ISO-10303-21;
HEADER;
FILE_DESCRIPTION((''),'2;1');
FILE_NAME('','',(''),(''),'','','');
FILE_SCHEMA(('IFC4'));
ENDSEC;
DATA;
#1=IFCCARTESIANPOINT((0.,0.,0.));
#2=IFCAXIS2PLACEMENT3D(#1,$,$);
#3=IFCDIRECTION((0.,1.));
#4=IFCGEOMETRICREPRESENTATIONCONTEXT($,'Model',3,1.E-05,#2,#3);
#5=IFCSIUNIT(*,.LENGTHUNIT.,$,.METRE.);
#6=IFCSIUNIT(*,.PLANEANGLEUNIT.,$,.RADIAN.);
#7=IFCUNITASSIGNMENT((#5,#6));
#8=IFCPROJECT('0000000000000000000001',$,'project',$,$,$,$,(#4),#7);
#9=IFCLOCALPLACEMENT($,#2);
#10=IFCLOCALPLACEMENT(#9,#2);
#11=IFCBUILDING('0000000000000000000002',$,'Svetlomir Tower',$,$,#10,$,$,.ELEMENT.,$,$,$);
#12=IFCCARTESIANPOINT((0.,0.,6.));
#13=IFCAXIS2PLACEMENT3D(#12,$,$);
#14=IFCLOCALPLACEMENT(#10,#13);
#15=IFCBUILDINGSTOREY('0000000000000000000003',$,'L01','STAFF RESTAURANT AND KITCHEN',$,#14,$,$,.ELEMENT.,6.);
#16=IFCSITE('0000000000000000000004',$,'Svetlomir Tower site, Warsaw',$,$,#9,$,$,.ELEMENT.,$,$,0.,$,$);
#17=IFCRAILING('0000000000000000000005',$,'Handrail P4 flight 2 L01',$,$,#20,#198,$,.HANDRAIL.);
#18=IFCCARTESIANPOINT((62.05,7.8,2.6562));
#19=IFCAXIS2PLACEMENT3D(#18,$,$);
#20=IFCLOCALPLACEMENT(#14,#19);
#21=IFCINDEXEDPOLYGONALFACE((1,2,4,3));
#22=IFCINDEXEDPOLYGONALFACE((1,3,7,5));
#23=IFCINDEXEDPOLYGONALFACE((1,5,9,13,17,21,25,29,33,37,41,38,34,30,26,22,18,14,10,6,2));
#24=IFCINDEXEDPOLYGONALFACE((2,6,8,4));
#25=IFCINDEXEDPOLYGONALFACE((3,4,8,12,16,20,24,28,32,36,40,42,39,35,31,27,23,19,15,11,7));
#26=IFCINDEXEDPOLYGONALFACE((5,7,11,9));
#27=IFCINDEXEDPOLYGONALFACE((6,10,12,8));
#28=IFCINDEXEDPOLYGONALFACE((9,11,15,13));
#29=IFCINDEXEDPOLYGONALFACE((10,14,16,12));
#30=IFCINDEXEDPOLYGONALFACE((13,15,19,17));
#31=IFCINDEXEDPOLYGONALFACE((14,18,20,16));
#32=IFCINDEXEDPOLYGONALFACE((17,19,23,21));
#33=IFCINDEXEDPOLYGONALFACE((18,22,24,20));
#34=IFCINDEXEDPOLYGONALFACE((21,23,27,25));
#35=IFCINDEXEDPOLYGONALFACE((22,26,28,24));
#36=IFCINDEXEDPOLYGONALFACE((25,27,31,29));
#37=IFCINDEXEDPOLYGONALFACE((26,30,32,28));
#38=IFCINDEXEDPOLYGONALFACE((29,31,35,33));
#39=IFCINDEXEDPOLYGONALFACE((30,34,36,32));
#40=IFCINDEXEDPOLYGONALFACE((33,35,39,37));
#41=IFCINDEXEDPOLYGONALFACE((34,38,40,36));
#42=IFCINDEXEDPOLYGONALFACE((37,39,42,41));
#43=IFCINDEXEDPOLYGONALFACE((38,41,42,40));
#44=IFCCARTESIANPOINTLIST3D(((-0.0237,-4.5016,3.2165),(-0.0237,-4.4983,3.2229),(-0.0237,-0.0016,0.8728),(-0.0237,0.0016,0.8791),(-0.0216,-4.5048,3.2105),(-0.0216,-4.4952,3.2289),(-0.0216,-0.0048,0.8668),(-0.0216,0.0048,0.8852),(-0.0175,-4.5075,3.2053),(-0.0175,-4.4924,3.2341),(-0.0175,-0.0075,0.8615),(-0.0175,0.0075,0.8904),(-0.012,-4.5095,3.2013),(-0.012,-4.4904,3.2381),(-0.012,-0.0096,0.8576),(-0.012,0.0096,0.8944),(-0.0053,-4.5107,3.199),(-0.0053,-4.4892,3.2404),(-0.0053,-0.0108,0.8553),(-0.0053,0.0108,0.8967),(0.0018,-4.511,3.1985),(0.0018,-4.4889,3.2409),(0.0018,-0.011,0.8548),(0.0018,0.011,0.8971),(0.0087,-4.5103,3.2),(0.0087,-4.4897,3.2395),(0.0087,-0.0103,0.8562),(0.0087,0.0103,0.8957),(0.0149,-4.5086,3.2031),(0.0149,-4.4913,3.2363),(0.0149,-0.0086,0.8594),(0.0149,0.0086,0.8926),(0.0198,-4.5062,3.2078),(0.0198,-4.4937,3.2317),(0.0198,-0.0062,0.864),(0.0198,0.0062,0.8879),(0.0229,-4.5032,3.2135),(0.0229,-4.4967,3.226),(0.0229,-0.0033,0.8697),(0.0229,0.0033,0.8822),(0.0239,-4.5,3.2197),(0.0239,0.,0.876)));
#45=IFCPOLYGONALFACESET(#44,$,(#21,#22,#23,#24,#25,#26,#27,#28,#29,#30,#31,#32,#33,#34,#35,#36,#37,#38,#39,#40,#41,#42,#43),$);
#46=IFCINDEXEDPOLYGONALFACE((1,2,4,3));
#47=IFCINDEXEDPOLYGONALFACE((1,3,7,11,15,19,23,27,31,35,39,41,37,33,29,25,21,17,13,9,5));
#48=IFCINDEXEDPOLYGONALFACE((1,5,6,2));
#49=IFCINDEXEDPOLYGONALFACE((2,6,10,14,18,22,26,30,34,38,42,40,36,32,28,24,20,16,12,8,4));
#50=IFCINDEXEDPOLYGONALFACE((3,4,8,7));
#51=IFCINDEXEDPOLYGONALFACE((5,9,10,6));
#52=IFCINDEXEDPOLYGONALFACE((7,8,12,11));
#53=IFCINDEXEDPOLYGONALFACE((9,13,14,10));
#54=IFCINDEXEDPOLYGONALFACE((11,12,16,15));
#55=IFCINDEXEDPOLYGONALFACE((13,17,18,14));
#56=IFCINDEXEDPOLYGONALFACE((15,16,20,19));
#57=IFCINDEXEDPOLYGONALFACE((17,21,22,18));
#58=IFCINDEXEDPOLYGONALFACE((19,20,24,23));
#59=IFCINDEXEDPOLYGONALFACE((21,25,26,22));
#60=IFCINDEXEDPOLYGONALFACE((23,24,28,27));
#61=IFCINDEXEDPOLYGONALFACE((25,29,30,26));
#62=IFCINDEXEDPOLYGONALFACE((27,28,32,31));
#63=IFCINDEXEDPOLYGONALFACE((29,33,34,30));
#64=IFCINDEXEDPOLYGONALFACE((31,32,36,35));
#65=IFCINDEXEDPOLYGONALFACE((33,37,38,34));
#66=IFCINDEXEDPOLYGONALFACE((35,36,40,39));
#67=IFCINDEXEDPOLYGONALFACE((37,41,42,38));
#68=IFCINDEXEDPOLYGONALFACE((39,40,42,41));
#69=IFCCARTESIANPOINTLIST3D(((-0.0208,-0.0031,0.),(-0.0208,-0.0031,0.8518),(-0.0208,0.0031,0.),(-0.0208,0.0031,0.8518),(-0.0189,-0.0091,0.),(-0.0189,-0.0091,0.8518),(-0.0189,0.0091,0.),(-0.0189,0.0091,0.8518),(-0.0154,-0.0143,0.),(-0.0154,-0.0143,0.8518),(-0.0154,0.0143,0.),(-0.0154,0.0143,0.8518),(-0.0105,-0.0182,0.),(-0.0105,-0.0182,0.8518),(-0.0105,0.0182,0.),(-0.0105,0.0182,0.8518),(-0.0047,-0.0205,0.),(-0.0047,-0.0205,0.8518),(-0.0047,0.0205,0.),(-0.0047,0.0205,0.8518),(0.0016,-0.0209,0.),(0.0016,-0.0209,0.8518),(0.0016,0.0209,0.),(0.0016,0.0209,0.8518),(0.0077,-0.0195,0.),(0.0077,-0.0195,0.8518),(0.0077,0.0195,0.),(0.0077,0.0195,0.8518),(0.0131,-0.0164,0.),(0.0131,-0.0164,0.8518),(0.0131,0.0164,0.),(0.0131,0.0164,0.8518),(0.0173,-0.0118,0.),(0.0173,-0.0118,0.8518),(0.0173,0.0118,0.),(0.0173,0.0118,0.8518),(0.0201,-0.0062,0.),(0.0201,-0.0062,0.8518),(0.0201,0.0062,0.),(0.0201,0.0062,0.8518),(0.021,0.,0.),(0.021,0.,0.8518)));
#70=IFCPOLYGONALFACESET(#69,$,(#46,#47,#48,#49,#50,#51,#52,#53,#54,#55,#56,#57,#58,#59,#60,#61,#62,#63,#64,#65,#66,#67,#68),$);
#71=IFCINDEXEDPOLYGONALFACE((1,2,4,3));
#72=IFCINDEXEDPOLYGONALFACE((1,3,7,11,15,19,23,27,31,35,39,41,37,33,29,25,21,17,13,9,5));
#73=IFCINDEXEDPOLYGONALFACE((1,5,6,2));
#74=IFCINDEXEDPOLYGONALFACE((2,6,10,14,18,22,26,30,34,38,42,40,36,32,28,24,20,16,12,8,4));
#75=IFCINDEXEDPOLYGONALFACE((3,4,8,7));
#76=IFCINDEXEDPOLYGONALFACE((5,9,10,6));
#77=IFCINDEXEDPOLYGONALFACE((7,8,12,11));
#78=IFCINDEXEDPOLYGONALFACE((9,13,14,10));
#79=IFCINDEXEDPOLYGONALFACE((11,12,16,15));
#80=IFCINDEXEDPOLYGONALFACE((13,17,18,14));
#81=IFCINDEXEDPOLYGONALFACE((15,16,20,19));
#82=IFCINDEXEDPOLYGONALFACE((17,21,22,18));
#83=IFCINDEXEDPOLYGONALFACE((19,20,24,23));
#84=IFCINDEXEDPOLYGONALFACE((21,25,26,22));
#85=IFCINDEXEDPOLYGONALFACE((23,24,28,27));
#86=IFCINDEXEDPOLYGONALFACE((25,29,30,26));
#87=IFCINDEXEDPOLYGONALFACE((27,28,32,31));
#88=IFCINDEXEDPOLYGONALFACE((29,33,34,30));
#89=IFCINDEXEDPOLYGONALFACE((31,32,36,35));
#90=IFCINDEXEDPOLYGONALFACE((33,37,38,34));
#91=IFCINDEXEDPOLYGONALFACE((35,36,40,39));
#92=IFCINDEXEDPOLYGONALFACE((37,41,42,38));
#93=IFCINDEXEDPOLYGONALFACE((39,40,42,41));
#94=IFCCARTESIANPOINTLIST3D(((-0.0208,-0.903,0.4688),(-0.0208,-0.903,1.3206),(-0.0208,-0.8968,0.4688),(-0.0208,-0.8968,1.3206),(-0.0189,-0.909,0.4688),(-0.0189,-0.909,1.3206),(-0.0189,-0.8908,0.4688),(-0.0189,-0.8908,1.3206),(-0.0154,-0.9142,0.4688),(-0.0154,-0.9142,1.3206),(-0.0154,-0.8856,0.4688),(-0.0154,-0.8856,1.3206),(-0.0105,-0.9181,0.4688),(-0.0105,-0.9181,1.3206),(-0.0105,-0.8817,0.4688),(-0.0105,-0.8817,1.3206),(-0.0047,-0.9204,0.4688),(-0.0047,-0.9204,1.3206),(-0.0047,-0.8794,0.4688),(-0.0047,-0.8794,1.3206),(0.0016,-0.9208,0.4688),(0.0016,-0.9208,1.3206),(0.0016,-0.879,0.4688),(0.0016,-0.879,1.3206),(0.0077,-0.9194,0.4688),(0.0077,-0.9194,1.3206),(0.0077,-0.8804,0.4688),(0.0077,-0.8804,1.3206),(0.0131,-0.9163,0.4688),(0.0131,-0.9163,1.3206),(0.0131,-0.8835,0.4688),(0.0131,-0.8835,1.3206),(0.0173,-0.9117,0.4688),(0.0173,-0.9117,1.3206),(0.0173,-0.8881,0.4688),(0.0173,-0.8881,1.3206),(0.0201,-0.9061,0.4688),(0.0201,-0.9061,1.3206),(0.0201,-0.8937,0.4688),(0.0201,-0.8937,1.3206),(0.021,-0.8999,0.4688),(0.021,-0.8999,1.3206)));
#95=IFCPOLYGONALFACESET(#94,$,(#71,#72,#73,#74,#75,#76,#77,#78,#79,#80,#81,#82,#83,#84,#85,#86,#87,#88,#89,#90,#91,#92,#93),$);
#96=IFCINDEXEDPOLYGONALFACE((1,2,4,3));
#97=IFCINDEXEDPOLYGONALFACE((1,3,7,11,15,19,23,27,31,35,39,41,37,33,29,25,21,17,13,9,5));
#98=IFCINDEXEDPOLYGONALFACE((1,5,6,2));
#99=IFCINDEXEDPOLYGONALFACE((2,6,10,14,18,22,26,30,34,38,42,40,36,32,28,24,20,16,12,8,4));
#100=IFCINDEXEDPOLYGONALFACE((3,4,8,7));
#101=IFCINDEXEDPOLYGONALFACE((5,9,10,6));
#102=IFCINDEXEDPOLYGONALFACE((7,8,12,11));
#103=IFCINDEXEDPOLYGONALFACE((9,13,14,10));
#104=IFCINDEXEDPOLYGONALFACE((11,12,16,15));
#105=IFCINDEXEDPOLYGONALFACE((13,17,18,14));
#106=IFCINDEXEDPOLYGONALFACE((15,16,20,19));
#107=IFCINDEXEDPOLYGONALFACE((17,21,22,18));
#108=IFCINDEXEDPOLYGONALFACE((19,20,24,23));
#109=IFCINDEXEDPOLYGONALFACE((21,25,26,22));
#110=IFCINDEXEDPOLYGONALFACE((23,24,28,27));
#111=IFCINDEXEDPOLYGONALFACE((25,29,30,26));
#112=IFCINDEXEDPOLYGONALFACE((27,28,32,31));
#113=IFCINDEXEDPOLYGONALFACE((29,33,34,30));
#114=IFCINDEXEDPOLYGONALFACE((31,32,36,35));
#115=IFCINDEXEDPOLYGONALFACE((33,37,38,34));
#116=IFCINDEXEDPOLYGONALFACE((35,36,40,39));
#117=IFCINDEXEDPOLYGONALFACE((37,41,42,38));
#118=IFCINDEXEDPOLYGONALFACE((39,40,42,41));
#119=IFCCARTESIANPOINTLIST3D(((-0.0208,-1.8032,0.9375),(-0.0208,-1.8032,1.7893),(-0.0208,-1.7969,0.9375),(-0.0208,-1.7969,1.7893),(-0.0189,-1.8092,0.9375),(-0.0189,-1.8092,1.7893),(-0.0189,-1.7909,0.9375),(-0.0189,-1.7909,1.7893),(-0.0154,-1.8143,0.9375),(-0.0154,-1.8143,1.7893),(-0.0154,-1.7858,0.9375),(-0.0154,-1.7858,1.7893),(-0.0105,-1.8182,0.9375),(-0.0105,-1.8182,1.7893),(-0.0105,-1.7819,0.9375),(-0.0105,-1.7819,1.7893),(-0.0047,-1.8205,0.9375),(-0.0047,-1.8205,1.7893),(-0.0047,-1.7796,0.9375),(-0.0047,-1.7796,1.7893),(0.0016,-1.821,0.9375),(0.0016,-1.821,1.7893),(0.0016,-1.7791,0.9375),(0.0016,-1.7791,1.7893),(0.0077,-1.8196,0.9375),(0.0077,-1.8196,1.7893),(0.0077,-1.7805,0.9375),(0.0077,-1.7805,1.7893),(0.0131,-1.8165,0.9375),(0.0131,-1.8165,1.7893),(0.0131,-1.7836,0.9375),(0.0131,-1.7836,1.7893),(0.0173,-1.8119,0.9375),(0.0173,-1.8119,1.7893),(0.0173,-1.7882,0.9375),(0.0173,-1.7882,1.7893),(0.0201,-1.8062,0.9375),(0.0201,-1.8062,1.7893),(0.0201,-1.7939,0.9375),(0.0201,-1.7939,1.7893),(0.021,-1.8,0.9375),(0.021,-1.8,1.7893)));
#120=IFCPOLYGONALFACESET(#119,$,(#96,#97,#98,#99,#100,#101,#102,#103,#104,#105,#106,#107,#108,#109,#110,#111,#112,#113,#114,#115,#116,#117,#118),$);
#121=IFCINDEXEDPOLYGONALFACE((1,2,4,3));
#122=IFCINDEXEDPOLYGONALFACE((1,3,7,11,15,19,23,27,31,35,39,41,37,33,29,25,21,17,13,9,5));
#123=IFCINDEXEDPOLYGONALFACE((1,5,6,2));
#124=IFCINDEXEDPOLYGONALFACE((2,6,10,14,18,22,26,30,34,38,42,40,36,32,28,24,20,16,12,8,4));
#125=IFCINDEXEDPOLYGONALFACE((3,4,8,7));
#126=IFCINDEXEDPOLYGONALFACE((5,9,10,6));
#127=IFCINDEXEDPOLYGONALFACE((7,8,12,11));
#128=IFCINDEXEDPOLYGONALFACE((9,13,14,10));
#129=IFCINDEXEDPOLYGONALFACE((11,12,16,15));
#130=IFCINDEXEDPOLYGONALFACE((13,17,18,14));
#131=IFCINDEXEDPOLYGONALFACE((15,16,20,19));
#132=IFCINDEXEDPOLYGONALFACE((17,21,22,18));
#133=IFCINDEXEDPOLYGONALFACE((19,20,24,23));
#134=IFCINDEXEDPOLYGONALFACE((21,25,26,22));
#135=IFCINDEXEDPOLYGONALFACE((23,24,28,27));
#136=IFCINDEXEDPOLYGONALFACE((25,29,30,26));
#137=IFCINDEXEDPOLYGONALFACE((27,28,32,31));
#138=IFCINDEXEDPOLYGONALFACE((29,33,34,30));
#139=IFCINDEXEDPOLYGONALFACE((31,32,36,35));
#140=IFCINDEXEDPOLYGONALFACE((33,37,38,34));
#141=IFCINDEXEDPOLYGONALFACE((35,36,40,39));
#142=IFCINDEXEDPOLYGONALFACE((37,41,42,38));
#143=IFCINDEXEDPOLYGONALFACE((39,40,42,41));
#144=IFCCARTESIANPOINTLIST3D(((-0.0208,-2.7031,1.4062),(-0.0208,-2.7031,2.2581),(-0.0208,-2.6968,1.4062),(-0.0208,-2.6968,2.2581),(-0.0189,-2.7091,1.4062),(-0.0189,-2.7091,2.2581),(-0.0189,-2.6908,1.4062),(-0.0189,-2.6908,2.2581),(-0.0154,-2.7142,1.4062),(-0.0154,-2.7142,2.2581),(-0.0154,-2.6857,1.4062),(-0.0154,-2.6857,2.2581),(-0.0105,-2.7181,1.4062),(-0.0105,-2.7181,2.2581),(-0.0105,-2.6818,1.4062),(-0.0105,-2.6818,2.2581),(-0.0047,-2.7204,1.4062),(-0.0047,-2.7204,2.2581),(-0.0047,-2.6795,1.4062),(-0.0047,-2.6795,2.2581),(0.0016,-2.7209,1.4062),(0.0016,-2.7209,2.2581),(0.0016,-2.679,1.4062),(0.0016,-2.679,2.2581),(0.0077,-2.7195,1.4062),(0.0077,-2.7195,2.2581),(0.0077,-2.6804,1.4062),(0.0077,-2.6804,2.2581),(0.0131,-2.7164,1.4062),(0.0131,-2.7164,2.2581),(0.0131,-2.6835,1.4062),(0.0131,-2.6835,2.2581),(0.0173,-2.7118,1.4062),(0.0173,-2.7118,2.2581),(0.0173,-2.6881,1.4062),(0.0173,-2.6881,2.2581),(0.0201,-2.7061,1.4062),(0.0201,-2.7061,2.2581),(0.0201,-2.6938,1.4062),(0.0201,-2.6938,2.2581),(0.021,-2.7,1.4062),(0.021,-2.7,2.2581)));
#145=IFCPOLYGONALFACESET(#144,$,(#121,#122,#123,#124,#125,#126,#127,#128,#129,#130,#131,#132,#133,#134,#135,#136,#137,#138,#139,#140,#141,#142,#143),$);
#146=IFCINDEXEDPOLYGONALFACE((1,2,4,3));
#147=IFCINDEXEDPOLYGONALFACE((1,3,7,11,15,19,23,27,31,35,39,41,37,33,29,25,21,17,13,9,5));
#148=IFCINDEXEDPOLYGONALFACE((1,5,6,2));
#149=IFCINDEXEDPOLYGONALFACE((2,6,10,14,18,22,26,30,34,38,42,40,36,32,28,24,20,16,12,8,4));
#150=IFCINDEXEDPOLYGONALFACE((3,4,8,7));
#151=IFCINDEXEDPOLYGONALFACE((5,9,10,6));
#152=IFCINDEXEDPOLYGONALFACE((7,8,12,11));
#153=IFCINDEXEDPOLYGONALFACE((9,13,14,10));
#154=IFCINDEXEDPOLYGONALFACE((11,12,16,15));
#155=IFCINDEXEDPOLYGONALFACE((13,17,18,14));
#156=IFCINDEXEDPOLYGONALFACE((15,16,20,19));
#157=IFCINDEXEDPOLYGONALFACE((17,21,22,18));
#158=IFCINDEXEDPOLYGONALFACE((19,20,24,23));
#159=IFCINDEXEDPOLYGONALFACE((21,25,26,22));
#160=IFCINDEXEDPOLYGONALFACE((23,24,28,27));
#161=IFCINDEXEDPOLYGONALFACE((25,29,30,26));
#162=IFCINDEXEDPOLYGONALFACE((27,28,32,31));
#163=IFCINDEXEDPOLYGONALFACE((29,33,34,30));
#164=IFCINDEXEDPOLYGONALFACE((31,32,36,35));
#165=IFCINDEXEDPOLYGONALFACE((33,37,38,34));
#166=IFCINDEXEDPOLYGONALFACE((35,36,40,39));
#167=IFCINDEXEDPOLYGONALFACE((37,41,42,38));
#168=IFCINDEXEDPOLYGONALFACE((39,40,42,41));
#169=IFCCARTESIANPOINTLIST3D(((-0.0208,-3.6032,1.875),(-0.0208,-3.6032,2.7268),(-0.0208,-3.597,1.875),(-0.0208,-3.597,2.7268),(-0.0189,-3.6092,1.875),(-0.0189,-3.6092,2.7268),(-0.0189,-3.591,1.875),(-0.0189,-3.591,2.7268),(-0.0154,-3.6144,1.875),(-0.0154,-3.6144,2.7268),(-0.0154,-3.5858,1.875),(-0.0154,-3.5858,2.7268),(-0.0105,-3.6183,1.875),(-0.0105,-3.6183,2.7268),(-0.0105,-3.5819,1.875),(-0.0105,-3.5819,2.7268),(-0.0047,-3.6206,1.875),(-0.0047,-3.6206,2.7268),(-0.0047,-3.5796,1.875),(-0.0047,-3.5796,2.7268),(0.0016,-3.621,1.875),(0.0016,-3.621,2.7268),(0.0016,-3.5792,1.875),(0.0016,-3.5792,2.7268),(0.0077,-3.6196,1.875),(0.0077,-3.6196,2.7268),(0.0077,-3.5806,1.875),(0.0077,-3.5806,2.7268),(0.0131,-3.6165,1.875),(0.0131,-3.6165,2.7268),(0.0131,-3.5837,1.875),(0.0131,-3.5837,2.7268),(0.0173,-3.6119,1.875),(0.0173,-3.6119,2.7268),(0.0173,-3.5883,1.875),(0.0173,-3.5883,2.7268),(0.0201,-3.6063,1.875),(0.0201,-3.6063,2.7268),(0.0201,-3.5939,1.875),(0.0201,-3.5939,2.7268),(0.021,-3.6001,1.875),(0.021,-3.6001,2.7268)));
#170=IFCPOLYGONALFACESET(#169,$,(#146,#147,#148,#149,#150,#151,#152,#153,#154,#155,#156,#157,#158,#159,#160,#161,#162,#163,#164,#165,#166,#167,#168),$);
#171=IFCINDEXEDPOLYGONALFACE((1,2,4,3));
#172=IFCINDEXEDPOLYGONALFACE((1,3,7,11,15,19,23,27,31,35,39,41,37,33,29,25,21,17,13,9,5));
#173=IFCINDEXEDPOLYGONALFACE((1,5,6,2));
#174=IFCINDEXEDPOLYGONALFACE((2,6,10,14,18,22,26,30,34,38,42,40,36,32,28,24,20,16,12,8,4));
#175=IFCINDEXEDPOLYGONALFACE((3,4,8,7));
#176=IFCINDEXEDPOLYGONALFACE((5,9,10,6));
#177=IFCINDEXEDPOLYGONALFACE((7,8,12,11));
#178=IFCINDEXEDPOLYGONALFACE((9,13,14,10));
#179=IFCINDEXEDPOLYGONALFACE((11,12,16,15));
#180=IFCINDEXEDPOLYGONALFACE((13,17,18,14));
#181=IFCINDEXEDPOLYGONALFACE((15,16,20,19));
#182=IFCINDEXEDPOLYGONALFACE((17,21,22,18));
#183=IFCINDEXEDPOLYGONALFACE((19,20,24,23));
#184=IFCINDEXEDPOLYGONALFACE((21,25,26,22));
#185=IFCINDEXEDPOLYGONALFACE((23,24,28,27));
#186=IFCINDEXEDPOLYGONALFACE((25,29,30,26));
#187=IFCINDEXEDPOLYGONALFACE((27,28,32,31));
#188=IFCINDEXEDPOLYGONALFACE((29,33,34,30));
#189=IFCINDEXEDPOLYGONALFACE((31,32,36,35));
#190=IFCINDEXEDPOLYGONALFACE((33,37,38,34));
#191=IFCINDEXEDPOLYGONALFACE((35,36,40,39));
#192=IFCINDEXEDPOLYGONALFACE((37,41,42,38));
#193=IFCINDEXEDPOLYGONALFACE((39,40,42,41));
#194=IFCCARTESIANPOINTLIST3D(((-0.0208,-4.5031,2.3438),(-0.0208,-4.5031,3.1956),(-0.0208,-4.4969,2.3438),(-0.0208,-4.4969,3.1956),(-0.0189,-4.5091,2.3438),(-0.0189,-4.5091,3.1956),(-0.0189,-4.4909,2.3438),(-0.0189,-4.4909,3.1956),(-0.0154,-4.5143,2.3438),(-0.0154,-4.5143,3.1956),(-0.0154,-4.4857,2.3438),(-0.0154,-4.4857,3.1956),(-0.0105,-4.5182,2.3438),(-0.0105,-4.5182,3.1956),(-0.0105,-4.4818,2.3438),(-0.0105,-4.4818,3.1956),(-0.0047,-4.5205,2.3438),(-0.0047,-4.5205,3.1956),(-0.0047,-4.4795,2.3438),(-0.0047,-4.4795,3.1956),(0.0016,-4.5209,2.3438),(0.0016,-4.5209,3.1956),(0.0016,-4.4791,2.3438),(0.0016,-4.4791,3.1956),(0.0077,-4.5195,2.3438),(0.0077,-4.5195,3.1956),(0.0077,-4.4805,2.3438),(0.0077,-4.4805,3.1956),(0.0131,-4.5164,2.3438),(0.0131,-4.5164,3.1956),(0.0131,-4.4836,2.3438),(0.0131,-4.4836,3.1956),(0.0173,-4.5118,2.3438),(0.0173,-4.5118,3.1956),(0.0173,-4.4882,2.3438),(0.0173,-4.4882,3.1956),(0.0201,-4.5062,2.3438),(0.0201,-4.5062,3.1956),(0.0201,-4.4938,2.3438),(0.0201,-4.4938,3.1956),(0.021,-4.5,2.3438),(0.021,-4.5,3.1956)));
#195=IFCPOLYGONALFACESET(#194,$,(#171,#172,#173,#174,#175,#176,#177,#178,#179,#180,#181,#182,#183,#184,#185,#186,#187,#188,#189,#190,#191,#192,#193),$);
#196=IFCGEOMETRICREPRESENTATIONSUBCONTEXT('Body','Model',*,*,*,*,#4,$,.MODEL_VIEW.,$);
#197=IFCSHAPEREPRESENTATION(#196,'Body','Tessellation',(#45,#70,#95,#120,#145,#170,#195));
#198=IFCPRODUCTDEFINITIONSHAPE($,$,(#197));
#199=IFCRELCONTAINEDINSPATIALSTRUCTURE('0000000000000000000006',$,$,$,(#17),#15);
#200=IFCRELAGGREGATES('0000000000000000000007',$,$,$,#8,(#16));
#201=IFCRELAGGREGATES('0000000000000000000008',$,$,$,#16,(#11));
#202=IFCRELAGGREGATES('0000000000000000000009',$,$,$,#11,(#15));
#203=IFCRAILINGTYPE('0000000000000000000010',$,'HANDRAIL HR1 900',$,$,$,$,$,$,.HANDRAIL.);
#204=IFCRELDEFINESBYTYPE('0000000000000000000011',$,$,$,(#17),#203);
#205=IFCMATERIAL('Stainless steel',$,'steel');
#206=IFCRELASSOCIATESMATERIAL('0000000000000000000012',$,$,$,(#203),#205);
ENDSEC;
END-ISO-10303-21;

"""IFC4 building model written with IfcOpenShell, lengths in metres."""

from ifc_helpers import new_model, si_unit, direction, frame, origin, origin_2d, place, context, subcontext, project, spatial, circle, extrude, material, type_object, element, save


model = new_model("IFC4")

# Units and contexts
model_context = context("Model", 3, precision=1e-05, world=origin(), true_north=direction((0.0, 1.0)))
body_context = subcontext(model_context, "Body", "Model", "MODEL_VIEW")
ifc_project = project(units=[si_unit("LENGTHUNIT", "METRE"), si_unit("PLANEANGLEUNIT", "RADIAN")], contexts=[model_context])

# Site, building, storey
site_placement = place(None, origin())
site = spatial("IfcSite", under=ifc_project, at=site_placement, Name="Svetlomir Tower site, Warsaw", CompositionType="ELEMENT", RefElevation=0.0)
building_placement = place(site_placement, origin())
building = spatial("IfcBuilding", under=site, at=building_placement, Name="Svetlomir Tower", CompositionType="ELEMENT")
storey_placement = place(building_placement, frame((0.0, 0.0, 6.0)))
storey = spatial("IfcBuildingStorey", under=building, at=storey_placement, Name="L01", Description="STAFF RESTAURANT AND KITCHEN", CompositionType="ELEMENT", Elevation=6.0)

# Railing
ifc_material_1 = material(Name="Stainless steel", Category="steel")
railing_type = type_object("IfcRailingType", Name="HANDRAIL HR1 900", PredefinedType="HANDRAIL", material=ifc_material_1)
railing_placement = place(storey_placement, frame((62.05, 7.8, 2.6562)))
element("IfcRailing", 1, at=railing_placement, inside=storey, type_object=railing_type, Name="Handrail P4 flight 2 L01", PredefinedType="HANDRAIL", context=body_context, shape_type="SweptSolid", body=[
    extrude(circle(Radius=0.0239, at=origin_2d()), frame((0.0, 0.0, 0.876), z_axis=(0.0, -0.886914, 0.461934), x_axis=(1.0, 0.0, 0.0)), (0.0, 0.0, 1.0), 5.0737),
    extrude(circle(Radius=0.021, at=origin_2d()), origin(), (0.0, 0.0, 1.0), 0.8518),
    extrude(circle(Radius=0.021, at=origin_2d()), frame((0.0, -0.8999, 0.4688)), (0.0, 0.0, 1.0), 0.8518),
    extrude(circle(Radius=0.021, at=origin_2d()), frame((0.0, -1.8, 0.9375)), (0.0, 0.0, 1.0), 0.8518),
    extrude(circle(Radius=0.021, at=origin_2d()), frame((0.0, -2.7, 1.4062)), (0.0, 0.0, 1.0), 0.8518),
    extrude(circle(Radius=0.021, at=origin_2d()), frame((0.0, -3.6001, 1.875)), (0.0, 0.0, 1.0), 0.8518),
    extrude(circle(Radius=0.021, at=origin_2d()), frame((0.0, -4.5, 2.3438)), (0.0, 0.0, 1.0), 0.8518),
])

save(model, "model.ifc")
